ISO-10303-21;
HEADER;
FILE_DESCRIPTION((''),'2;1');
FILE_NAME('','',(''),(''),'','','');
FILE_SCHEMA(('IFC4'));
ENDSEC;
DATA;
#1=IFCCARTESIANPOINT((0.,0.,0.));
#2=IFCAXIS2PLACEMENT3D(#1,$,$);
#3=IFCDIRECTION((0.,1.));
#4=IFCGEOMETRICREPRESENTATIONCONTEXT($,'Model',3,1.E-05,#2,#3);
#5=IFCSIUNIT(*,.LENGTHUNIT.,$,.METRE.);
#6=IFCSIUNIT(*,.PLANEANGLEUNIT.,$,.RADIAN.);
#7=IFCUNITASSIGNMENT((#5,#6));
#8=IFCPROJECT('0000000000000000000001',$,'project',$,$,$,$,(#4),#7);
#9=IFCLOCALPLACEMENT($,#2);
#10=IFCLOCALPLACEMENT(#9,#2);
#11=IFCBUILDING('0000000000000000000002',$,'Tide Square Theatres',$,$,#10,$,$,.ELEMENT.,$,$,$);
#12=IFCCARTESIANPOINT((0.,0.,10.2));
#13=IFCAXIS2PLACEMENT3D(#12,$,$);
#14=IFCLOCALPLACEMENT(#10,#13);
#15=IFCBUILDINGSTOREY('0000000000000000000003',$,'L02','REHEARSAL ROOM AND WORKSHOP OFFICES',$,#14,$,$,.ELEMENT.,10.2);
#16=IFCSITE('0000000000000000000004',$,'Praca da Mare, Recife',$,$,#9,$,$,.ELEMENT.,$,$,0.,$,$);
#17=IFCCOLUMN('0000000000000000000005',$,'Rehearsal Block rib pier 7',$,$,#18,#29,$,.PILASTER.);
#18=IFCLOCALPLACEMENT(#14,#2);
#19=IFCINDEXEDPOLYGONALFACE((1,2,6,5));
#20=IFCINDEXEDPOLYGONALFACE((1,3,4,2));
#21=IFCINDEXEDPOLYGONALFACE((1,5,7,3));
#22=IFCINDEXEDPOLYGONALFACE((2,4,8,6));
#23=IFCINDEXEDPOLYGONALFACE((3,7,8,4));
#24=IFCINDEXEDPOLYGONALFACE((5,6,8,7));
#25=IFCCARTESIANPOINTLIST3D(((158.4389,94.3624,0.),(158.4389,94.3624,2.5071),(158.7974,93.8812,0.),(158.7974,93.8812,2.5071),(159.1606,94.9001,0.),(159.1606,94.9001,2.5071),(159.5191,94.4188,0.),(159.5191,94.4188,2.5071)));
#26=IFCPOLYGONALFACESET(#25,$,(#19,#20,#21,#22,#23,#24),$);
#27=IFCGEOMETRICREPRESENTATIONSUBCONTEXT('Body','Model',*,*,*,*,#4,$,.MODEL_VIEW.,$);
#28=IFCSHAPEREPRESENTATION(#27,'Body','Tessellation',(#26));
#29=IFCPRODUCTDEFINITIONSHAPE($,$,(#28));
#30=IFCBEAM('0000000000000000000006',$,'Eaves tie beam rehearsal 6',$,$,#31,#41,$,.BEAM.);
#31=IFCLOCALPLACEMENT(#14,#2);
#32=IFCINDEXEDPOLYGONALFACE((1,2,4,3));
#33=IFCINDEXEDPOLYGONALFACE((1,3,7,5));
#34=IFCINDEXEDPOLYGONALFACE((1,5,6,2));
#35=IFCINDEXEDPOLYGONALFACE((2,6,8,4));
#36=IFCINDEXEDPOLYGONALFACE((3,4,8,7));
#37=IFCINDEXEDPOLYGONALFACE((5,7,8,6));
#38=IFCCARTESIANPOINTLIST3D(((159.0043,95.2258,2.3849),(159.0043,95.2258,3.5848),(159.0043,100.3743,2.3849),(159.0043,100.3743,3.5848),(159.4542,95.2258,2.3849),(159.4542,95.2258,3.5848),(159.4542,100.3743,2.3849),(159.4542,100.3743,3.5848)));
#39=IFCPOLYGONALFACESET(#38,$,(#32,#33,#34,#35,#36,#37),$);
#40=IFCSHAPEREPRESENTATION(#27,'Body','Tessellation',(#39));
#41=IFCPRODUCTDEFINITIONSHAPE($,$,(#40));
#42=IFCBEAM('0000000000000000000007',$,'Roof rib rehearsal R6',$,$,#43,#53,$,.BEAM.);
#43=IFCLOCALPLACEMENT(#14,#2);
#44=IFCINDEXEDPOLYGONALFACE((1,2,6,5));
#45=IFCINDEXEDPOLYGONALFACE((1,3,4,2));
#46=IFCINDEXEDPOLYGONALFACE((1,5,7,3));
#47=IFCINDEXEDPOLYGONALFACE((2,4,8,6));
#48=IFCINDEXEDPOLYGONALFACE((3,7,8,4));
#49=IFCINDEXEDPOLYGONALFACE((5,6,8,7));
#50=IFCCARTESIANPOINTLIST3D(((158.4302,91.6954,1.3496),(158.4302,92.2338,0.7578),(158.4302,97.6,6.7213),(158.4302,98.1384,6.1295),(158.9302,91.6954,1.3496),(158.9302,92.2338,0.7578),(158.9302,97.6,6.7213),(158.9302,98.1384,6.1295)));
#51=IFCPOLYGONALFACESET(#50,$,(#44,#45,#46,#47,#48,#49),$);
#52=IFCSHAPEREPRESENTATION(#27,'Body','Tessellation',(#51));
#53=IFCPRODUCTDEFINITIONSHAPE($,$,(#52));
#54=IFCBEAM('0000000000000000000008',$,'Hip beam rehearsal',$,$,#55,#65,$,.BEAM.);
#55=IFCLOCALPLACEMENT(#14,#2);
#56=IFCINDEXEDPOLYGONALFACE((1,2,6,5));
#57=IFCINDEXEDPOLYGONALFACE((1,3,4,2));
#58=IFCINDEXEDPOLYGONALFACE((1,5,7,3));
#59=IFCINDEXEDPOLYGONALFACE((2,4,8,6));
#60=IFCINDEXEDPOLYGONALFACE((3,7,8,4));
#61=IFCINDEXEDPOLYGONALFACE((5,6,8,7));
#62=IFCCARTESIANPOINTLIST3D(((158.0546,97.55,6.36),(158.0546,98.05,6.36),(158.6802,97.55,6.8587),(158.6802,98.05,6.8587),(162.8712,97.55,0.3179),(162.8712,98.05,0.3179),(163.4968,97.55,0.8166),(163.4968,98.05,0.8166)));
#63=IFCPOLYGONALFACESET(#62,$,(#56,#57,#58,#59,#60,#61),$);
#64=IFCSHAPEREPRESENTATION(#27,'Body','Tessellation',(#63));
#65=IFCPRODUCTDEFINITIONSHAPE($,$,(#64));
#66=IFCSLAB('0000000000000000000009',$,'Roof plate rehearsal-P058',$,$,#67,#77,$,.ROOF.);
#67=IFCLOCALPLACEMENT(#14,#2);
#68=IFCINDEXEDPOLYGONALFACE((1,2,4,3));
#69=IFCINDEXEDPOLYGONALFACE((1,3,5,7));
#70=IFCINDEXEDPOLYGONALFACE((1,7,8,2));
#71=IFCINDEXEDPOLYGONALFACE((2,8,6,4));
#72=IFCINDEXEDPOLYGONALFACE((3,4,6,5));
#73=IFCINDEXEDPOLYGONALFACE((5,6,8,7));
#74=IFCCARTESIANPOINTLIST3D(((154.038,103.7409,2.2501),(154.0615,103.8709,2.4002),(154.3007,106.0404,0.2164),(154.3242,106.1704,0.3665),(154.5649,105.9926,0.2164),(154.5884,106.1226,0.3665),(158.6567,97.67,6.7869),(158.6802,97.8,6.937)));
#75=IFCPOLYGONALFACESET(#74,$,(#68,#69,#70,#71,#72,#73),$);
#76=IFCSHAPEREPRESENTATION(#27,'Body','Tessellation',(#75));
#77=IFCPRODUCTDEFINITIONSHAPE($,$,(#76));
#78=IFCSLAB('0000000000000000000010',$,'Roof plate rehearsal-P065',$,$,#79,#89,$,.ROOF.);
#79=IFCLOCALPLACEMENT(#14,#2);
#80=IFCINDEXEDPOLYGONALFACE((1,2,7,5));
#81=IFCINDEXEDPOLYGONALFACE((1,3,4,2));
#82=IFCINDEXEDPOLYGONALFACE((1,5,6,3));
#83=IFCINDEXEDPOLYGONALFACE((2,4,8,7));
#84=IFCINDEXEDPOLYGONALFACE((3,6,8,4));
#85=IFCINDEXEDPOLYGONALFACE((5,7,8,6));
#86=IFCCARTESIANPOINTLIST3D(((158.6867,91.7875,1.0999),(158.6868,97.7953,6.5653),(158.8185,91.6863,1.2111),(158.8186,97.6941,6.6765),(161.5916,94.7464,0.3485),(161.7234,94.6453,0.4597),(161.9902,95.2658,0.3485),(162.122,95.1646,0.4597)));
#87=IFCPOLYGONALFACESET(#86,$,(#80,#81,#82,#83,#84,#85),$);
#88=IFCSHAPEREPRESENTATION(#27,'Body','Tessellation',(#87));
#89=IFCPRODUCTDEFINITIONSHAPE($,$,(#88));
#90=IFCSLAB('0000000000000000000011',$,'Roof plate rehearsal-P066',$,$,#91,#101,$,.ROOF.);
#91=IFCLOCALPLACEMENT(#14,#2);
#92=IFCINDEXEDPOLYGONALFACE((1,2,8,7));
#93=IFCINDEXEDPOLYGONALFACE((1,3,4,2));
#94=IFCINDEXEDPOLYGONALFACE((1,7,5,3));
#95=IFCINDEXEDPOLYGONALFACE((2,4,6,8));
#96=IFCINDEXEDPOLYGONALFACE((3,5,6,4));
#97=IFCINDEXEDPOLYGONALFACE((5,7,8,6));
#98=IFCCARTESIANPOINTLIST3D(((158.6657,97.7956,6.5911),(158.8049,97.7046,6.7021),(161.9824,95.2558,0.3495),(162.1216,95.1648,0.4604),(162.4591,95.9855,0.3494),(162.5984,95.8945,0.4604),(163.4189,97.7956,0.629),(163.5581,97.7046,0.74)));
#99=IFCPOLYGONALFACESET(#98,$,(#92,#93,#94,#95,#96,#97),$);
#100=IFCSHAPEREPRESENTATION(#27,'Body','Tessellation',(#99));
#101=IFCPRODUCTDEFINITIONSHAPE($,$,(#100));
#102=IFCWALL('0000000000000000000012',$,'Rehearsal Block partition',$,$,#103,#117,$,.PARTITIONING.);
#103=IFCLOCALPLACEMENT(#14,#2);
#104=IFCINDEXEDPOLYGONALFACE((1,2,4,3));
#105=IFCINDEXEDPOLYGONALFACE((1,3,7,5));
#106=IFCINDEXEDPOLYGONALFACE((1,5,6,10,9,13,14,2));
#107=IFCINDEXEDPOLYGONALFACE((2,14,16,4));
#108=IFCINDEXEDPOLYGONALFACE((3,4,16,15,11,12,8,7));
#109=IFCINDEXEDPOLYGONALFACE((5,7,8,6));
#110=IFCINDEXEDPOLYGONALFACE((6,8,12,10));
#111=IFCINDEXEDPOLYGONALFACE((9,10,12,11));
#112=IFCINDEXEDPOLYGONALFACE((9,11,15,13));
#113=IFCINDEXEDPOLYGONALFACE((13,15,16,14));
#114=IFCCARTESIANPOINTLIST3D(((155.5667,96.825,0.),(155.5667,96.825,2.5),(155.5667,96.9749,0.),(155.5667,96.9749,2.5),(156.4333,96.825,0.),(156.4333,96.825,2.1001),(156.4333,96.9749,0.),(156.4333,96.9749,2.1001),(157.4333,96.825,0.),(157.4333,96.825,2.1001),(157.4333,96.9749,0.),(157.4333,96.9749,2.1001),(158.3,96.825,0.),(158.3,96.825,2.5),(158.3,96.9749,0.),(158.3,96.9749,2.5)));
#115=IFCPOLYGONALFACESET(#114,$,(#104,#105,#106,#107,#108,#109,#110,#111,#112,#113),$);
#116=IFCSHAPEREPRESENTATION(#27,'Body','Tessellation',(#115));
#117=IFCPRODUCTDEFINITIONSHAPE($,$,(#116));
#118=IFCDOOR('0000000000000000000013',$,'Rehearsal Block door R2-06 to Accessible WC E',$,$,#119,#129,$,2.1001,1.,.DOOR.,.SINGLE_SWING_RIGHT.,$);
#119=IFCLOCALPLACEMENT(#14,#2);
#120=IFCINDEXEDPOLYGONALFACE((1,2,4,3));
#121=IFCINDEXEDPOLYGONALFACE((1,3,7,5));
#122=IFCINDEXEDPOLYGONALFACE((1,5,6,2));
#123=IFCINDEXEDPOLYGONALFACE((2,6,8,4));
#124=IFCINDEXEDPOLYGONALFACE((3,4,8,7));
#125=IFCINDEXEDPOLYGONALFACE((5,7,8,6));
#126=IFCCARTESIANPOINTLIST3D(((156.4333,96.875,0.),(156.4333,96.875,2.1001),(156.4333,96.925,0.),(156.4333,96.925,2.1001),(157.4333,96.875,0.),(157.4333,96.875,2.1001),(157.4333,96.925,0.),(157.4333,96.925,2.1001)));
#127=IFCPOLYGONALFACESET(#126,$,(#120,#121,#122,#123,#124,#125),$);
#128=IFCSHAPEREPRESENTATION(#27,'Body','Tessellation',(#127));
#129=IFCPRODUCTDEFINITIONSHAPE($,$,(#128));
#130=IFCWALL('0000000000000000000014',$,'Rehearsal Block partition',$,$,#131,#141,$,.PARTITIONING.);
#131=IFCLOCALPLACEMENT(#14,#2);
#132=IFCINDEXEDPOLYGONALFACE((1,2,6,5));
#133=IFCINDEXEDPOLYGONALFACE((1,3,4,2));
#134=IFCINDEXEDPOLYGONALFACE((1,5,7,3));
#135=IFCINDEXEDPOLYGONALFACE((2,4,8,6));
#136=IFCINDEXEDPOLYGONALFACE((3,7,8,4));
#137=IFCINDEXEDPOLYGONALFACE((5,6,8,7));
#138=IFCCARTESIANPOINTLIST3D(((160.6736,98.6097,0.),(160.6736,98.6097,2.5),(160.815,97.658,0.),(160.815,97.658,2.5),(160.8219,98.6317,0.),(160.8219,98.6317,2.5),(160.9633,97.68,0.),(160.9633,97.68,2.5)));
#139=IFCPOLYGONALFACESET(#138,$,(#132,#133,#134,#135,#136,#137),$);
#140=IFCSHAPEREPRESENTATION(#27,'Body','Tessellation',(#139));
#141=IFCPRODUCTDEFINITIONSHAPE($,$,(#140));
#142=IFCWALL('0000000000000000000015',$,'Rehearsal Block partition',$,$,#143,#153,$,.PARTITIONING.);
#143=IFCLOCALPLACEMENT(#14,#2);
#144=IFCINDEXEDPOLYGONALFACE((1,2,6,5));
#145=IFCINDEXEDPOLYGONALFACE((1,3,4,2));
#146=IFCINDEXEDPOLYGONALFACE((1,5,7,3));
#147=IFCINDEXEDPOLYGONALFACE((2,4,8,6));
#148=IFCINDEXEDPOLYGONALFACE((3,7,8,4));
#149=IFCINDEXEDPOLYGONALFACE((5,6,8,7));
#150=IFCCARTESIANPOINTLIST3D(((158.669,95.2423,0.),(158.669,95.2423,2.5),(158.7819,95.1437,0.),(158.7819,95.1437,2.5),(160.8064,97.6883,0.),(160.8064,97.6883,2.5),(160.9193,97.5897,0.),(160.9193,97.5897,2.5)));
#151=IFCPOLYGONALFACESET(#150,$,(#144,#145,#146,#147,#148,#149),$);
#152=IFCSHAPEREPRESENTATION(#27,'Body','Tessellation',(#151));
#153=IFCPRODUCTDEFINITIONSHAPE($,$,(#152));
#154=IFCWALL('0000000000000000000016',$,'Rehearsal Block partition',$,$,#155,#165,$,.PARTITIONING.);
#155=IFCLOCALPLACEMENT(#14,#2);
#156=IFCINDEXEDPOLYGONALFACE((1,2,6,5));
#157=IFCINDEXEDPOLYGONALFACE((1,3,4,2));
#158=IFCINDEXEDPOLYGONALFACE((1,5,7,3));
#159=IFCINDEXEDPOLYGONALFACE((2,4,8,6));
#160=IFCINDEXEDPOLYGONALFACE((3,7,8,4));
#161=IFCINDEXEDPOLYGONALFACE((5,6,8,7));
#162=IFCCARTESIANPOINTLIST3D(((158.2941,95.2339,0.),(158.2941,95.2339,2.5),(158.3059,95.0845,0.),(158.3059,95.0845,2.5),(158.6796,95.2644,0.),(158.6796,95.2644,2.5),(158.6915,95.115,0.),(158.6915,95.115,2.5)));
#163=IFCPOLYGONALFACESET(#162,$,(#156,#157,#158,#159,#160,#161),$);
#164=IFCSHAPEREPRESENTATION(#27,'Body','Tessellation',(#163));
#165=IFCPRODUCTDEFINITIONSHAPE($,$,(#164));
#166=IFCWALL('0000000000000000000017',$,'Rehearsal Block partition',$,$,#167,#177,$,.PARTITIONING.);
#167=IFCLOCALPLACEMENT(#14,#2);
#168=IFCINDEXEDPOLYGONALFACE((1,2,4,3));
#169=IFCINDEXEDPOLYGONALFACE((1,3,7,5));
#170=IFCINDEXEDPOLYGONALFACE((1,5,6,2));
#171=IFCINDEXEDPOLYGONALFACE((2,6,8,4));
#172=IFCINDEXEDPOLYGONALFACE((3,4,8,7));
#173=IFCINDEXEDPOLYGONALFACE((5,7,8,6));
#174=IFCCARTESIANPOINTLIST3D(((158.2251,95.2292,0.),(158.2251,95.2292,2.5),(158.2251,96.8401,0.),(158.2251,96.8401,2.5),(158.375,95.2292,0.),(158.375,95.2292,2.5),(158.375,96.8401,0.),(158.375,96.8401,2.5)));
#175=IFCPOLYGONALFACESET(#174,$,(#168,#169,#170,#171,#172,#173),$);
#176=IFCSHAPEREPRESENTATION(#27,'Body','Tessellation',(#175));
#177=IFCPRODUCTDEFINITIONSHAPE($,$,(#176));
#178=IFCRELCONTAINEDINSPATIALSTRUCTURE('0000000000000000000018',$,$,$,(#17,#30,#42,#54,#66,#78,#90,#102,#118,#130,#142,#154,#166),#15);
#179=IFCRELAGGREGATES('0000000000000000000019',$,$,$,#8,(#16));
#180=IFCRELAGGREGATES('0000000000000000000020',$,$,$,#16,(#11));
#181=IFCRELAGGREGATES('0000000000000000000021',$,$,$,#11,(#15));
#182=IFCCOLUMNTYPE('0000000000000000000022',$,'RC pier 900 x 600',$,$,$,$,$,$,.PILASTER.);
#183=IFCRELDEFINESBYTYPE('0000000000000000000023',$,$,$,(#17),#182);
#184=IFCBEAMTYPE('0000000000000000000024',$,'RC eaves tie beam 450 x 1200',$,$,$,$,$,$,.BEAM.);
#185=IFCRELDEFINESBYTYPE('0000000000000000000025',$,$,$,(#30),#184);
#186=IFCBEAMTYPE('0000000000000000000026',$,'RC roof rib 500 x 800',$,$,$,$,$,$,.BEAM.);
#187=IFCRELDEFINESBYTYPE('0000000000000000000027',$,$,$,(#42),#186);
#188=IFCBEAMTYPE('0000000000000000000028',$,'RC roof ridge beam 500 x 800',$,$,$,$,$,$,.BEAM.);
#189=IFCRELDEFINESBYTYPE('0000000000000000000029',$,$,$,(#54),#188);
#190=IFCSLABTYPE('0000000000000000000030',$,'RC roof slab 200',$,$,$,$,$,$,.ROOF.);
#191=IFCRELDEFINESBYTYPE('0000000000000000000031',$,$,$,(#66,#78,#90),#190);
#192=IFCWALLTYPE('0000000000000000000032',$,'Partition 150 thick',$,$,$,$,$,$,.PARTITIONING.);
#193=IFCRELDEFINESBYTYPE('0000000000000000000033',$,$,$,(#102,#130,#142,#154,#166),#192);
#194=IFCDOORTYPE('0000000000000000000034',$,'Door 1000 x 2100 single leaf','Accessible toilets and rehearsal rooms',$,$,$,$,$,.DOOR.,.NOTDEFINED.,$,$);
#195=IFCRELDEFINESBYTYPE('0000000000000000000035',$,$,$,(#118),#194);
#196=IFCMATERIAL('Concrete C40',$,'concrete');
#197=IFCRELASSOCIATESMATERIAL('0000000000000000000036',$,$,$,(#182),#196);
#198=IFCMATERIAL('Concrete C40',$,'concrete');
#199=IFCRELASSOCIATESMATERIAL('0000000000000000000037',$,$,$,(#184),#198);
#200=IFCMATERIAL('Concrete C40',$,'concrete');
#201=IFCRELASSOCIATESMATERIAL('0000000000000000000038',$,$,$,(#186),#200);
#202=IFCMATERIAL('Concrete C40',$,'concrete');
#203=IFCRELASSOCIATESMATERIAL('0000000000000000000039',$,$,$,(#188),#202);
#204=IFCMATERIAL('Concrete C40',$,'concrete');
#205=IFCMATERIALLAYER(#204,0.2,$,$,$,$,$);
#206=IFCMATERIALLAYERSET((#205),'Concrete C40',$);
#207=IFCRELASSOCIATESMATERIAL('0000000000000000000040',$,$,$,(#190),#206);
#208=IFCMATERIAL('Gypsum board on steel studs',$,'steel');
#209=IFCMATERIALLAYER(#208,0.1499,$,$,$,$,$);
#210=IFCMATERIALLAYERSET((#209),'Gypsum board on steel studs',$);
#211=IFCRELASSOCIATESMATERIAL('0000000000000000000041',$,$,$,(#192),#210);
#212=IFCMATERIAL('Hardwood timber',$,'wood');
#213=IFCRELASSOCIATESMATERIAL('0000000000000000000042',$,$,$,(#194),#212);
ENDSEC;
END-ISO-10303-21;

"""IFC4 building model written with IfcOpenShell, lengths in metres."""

from ifc_helpers import new_model, si_unit, direction, frame, frame_2d, origin, origin_2d, place, context, subcontext, project, spatial, polyline, rectangle, outline, extrude, material, layer, layer_set, material_profile, profile_set, type_object, element, fill, save


model = new_model("IFC4")

# Units and contexts
model_context = context("Model", 3, precision=1e-05, world=origin(), true_north=direction((0.0, 1.0)))
body_context = subcontext(model_context, "Body", "Model", "MODEL_VIEW")
ifc_project = project(units=[si_unit("LENGTHUNIT", "METRE"), si_unit("PLANEANGLEUNIT", "RADIAN")], contexts=[model_context])

# Site, building, storey
site_placement = place(None, origin())
site = spatial("IfcSite", under=ifc_project, at=site_placement, Name="Praca da Mare, Recife", CompositionType="ELEMENT", RefElevation=0.0)
building_placement = place(site_placement, origin())
building = spatial("IfcBuilding", under=site, at=building_placement, Name="Tide Square Theatres", CompositionType="ELEMENT")
storey_placement = place(building_placement, frame((0.0, 0.0, 10.2)))
storey = spatial("IfcBuildingStorey", under=building, at=storey_placement, Name="L02", Description="REHEARSAL ROOM AND WORKSHOP OFFICES", CompositionType="ELEMENT", Elevation=10.2)

# Column
ifc_material_1 = material(Name="Concrete C40", Category="concrete")
ifc_material_profile_1 = material_profile(ifc_material_1, rectangle(XDim=0.8999, YDim=0.6001, at=origin_2d()))
ifc_profile_set_1 = profile_set([ifc_material_profile_1], Name="Concrete C40")
column_type = type_object("IfcColumnType", Name="RC pier 900 x 600", PredefinedType="PILASTER", material=ifc_profile_set_1)
column_placement = place(storey_placement, frame((158.979, 94.3906, 0.0), z_axis=(0.0, 0.0, 1.0), x_axis=(0.801928, 0.597421, 0.0)))
element("IfcColumn", 1, at=column_placement, inside=storey, type_object=column_type, Name="Rehearsal Block rib pier 7", PredefinedType="PILASTER", context=body_context, shape_type="SweptSolid", body=[
    extrude(rectangle(XDim=0.8999, YDim=0.6001, at=origin_2d()), origin(), (0.0, 0.0, 1.0), 2.5071),
])

# Beams
ifc_material_2 = material(Name="Concrete C40", Category="concrete")
ifc_material_profile_2 = material_profile(ifc_material_2, rectangle(XDim=0.45, YDim=1.2, at=origin_2d()))
ifc_profile_set_2 = profile_set([ifc_material_profile_2], Name="Concrete C40")
beam_type_1 = type_object("IfcBeamType", Name="RC eaves tie beam 450 x 1200", PredefinedType="BEAM", material=ifc_profile_set_2)
beam_1_placement = place(storey_placement, frame((159.2292, 95.2258, 2.9849), z_axis=(0.0, 1.0, 0.0), x_axis=(-1.0, 0.0, 0.0)))
element("IfcBeam", 2, at=beam_1_placement, inside=storey, type_object=beam_type_1, Name="Eaves tie beam rehearsal 6", PredefinedType="BEAM", context=body_context, shape_type="SweptSolid", body=[
    extrude(rectangle(XDim=0.45, YDim=1.2, at=origin_2d()), origin(), (0.0, 0.0, 1.0), 5.1484),
])
ifc_material_3 = material(Name="Concrete C40", Category="concrete")
ifc_material_profile_3 = material_profile(ifc_material_3, rectangle(XDim=0.5, YDim=0.8, at=origin_2d()))
ifc_profile_set_3 = profile_set([ifc_material_profile_3], Name="Concrete C40")
beam_type_2 = type_object("IfcBeamType", Name="RC roof rib 500 x 800", PredefinedType="BEAM", material=ifc_profile_set_3)
beam_2_placement = place(storey_placement, frame((158.6802, 91.9646, 1.0537), z_axis=(0.0, 0.739702, 0.672935), x_axis=(-1.0, 0.0, 0.0)))
element("IfcBeam", 3, at=beam_2_placement, inside=storey, type_object=beam_type_2, Name="Roof rib rehearsal R6", PredefinedType="BEAM", context=body_context, shape_type="SweptSolid", body=[
    extrude(rectangle(XDim=0.5, YDim=0.8, at=origin_2d()), origin(), (0.0, 0.0, 1.0), 7.9824),
])
ifc_material_4 = material(Name="Concrete C40", Category="concrete")
ifc_material_profile_4 = material_profile(ifc_material_4, rectangle(XDim=0.5, YDim=0.8, at=origin_2d()))
ifc_profile_set_4 = profile_set([ifc_material_profile_4], Name="Concrete C40")
beam_type_3 = type_object("IfcBeamType", Name="RC roof ridge beam 500 x 800", PredefinedType="BEAM", material=ifc_profile_set_4)
beam_3_placement = place(storey_placement, frame((158.3674, 97.8, 6.6094), z_axis=(0.623342, 0.0, -0.78195), x_axis=(0.0, 1.0, 0.0)))
element("IfcBeam", 4, at=beam_3_placement, inside=storey, type_object=beam_type_3, Name="Hip beam rehearsal", PredefinedType="BEAM", context=body_context, shape_type="SweptSolid", body=[
    extrude(rectangle(XDim=0.5, YDim=0.8, at=origin_2d()), origin(), (0.0, 0.0, 1.0), 7.7271),
])

# Slabs
ifc_material_5 = material(Name="Concrete C40", Category="concrete")
ifc_layer_1 = layer(ifc_material_5, 0.2)
ifc_layer_set_1 = layer_set([ifc_layer_1], Name="Concrete C40")
slab_type = type_object("IfcSlabType", Name="RC roof slab 200", PredefinedType="ROOF", material=ifc_layer_set_1)
slab_1_placement = place(storey_placement, frame((158.6802, 97.8, 6.937), z_axis=(0.11759, 0.650322, 0.750502), x_axis=(-0.360012, 0.732251, -0.5781)))
element("IfcSlab", 5, at=slab_1_placement, inside=storey, type_object=slab_type, Name="Roof plate rehearsal-P058", PredefinedType="ROOF", context=body_context, shape_type="SweptSolid", body=[
    extrude(outline(polyline([(0.0, 0.0), (11.3657, 0.0), (11.4958, 0.2348), (8.7309, 1.5942), (0.0, 0.0)])), origin(), (0.0, 0.0, -1.0), 0.2),
])
slab_2_placement = place(storey_placement, frame((161.7234, 94.6453, 0.4597), z_axis=(0.659274, -0.50598, 0.556186), x_axis=(0.608879, 0.793263, -0.000078)))
element("IfcSlab", 6, at=slab_2_placement, inside=storey, type_object=slab_type, Name="Roof plate rehearsal-P065", PredefinedType="ROOF", context=body_context, shape_type="SweptSolid", body=[
    extrude(outline(polyline([(0.0, 0.0), (0.6547, 0.0), (0.6494, 7.4806), (-4.116, 0.9038), (0.0, 0.0)])), origin(), (0.0, 0.0, -1.0), 0.2),
])
slab_3_placement = place(storey_placement, frame((162.1216, 95.1648, 0.4604), z_axis=(0.69632, -0.454943, 0.555127), x_axis=(0.546968, 0.837154, -0.000014)))
element("IfcSlab", 7, at=slab_3_placement, inside=storey, type_object=slab_type, Name="Roof plate rehearsal-P066", PredefinedType="ROOF", context=body_context, shape_type="SweptSolid", body=[
    extrude(outline(polyline([(0.0, 0.0), (0.8717, 0.0), (2.9119, 0.3361), (0.312, 7.5041), (0.0, 0.0)])), origin(), (0.0, 0.0, -1.0), 0.2),
])

# Wall, opening, door
ifc_material_6 = material(Name="Gypsum board on steel studs", Category="steel")
ifc_layer_2 = layer(ifc_material_6, 0.1499)
ifc_layer_set_2 = layer_set([ifc_layer_2], Name="Gypsum board on steel studs")
wall_type_1 = type_object("IfcWallType", Name="Partition 150 thick", PredefinedType="PARTITIONING", material=ifc_layer_set_2)
wall_1_placement = place(storey_placement, frame((158.3, 96.8999, 0.0), z_axis=(0.0, 0.0, 1.0), x_axis=(-1.0, 0.0, 0.0)))
wall_1 = element("IfcWall", 8, at=wall_1_placement, inside=storey, type_object=wall_type_1, Name="Rehearsal Block partition", PredefinedType="PARTITIONING", context=body_context, shape_type="SweptSolid", body=[
    extrude(rectangle(XDim=2.7334, YDim=0.1499, at=frame_2d((1.3667, 0.0))), origin(), (0.0, 0.0, 1.0), 2.5),
])
opening_placement = place(wall_1_placement, frame((0.8667, 0.0, 0.0)))
opening = element("IfcOpeningElement", 9, at=opening_placement, cuts=wall_1, PredefinedType="OPENING", context=body_context, shape_type="SweptSolid", body=[
    extrude(rectangle(XDim=1.0, YDim=2.1001, at=frame_2d((0.5, 1.05))), frame((0.0, 0.085, 0.0), z_axis=(0.0, -1.0, 0.0), x_axis=(1.0, 0.0, 0.0)), (0.0, 0.0, 1.0), 0.1699),
])
ifc_material_7 = material(Name="Hardwood timber", Category="wood")
door_type = type_object("IfcDoorType", Name="Door 1000 x 2100 single leaf", Description="Accessible toilets and rehearsal rooms", OperationType="NOTDEFINED", PredefinedType="DOOR", material=ifc_material_7)
door_placement = place(opening_placement, origin())
door = element("IfcDoor", 10, at=door_placement, inside=storey, type_object=door_type, Name="Rehearsal Block door R2-06 to Accessible WC E", OperationType="SINGLE_SWING_RIGHT", OverallHeight=2.1001, OverallWidth=1.0, PredefinedType="DOOR", context=body_context, shape_type="SweptSolid", body=[
    extrude(rectangle(XDim=1.0, YDim=2.1001, at=frame_2d((0.5, 1.05))), frame((0.0, 0.0249, 0.0), z_axis=(0.0, -1.0, 0.0), x_axis=(1.0, 0.0, 0.0)), (0.0, 0.0, 1.0), 0.05),
])
fill(opening, door)

# Walls
wall_2_placement = place(storey_placement, frame((160.7478, 98.6206, 0.0), z_axis=(0.0, 0.0, 1.0), x_axis=(0.146926, -0.989148, 0.0)))
element("IfcWall", 11, at=wall_2_placement, inside=storey, type_object=wall_type_1, Name="Rehearsal Block partition", PredefinedType="PARTITIONING", context=body_context, shape_type="SweptSolid", body=[
    extrude(rectangle(XDim=0.9622, YDim=0.1499, at=frame_2d((0.481, 0.0))), origin(), (0.0, 0.0, 1.0), 2.5),
])
wall_3_placement = place(storey_placement, frame((160.8628, 97.6389, 0.0), z_axis=(0.0, 0.0, 1.0), x_axis=(-0.65801, -0.75301, 0.0)))
element("IfcWall", 12, at=wall_3_placement, inside=storey, type_object=wall_type_1, Name="Rehearsal Block partition", PredefinedType="PARTITIONING", context=body_context, shape_type="SweptSolid", body=[
    extrude(rectangle(XDim=3.2483, YDim=0.1499, at=frame_2d((1.624, 0.0))), origin(), (0.0, 0.0, 1.0), 2.5),
])
wall_4_placement = place(storey_placement, frame((158.6855, 95.1897, 0.0), z_axis=(0.0, 0.0, 1.0), x_axis=(-0.996881, -0.078917, 0.0)))
element("IfcWall", 13, at=wall_4_placement, inside=storey, type_object=wall_type_1, Name="Rehearsal Block partition", PredefinedType="PARTITIONING", context=body_context, shape_type="SweptSolid", body=[
    extrude(rectangle(XDim=0.3867, YDim=0.1499, at=frame_2d((0.1934, 0.0))), origin(), (0.0, 0.0, 1.0), 2.5),
])
wall_5_placement = place(storey_placement, frame((158.3, 96.8401, 0.0), z_axis=(0.0, 0.0, 1.0), x_axis=(0.0, -1.0, 0.0)))
element("IfcWall", 14, at=wall_5_placement, inside=storey, type_object=wall_type_1, Name="Rehearsal Block partition", PredefinedType="PARTITIONING", context=body_context, shape_type="SweptSolid", body=[
    extrude(rectangle(XDim=1.6108, YDim=0.1499, at=frame_2d((0.8054, 0.0))), origin(), (0.0, 0.0, 1.0), 2.5),
])

save(model, "model.ifc")
